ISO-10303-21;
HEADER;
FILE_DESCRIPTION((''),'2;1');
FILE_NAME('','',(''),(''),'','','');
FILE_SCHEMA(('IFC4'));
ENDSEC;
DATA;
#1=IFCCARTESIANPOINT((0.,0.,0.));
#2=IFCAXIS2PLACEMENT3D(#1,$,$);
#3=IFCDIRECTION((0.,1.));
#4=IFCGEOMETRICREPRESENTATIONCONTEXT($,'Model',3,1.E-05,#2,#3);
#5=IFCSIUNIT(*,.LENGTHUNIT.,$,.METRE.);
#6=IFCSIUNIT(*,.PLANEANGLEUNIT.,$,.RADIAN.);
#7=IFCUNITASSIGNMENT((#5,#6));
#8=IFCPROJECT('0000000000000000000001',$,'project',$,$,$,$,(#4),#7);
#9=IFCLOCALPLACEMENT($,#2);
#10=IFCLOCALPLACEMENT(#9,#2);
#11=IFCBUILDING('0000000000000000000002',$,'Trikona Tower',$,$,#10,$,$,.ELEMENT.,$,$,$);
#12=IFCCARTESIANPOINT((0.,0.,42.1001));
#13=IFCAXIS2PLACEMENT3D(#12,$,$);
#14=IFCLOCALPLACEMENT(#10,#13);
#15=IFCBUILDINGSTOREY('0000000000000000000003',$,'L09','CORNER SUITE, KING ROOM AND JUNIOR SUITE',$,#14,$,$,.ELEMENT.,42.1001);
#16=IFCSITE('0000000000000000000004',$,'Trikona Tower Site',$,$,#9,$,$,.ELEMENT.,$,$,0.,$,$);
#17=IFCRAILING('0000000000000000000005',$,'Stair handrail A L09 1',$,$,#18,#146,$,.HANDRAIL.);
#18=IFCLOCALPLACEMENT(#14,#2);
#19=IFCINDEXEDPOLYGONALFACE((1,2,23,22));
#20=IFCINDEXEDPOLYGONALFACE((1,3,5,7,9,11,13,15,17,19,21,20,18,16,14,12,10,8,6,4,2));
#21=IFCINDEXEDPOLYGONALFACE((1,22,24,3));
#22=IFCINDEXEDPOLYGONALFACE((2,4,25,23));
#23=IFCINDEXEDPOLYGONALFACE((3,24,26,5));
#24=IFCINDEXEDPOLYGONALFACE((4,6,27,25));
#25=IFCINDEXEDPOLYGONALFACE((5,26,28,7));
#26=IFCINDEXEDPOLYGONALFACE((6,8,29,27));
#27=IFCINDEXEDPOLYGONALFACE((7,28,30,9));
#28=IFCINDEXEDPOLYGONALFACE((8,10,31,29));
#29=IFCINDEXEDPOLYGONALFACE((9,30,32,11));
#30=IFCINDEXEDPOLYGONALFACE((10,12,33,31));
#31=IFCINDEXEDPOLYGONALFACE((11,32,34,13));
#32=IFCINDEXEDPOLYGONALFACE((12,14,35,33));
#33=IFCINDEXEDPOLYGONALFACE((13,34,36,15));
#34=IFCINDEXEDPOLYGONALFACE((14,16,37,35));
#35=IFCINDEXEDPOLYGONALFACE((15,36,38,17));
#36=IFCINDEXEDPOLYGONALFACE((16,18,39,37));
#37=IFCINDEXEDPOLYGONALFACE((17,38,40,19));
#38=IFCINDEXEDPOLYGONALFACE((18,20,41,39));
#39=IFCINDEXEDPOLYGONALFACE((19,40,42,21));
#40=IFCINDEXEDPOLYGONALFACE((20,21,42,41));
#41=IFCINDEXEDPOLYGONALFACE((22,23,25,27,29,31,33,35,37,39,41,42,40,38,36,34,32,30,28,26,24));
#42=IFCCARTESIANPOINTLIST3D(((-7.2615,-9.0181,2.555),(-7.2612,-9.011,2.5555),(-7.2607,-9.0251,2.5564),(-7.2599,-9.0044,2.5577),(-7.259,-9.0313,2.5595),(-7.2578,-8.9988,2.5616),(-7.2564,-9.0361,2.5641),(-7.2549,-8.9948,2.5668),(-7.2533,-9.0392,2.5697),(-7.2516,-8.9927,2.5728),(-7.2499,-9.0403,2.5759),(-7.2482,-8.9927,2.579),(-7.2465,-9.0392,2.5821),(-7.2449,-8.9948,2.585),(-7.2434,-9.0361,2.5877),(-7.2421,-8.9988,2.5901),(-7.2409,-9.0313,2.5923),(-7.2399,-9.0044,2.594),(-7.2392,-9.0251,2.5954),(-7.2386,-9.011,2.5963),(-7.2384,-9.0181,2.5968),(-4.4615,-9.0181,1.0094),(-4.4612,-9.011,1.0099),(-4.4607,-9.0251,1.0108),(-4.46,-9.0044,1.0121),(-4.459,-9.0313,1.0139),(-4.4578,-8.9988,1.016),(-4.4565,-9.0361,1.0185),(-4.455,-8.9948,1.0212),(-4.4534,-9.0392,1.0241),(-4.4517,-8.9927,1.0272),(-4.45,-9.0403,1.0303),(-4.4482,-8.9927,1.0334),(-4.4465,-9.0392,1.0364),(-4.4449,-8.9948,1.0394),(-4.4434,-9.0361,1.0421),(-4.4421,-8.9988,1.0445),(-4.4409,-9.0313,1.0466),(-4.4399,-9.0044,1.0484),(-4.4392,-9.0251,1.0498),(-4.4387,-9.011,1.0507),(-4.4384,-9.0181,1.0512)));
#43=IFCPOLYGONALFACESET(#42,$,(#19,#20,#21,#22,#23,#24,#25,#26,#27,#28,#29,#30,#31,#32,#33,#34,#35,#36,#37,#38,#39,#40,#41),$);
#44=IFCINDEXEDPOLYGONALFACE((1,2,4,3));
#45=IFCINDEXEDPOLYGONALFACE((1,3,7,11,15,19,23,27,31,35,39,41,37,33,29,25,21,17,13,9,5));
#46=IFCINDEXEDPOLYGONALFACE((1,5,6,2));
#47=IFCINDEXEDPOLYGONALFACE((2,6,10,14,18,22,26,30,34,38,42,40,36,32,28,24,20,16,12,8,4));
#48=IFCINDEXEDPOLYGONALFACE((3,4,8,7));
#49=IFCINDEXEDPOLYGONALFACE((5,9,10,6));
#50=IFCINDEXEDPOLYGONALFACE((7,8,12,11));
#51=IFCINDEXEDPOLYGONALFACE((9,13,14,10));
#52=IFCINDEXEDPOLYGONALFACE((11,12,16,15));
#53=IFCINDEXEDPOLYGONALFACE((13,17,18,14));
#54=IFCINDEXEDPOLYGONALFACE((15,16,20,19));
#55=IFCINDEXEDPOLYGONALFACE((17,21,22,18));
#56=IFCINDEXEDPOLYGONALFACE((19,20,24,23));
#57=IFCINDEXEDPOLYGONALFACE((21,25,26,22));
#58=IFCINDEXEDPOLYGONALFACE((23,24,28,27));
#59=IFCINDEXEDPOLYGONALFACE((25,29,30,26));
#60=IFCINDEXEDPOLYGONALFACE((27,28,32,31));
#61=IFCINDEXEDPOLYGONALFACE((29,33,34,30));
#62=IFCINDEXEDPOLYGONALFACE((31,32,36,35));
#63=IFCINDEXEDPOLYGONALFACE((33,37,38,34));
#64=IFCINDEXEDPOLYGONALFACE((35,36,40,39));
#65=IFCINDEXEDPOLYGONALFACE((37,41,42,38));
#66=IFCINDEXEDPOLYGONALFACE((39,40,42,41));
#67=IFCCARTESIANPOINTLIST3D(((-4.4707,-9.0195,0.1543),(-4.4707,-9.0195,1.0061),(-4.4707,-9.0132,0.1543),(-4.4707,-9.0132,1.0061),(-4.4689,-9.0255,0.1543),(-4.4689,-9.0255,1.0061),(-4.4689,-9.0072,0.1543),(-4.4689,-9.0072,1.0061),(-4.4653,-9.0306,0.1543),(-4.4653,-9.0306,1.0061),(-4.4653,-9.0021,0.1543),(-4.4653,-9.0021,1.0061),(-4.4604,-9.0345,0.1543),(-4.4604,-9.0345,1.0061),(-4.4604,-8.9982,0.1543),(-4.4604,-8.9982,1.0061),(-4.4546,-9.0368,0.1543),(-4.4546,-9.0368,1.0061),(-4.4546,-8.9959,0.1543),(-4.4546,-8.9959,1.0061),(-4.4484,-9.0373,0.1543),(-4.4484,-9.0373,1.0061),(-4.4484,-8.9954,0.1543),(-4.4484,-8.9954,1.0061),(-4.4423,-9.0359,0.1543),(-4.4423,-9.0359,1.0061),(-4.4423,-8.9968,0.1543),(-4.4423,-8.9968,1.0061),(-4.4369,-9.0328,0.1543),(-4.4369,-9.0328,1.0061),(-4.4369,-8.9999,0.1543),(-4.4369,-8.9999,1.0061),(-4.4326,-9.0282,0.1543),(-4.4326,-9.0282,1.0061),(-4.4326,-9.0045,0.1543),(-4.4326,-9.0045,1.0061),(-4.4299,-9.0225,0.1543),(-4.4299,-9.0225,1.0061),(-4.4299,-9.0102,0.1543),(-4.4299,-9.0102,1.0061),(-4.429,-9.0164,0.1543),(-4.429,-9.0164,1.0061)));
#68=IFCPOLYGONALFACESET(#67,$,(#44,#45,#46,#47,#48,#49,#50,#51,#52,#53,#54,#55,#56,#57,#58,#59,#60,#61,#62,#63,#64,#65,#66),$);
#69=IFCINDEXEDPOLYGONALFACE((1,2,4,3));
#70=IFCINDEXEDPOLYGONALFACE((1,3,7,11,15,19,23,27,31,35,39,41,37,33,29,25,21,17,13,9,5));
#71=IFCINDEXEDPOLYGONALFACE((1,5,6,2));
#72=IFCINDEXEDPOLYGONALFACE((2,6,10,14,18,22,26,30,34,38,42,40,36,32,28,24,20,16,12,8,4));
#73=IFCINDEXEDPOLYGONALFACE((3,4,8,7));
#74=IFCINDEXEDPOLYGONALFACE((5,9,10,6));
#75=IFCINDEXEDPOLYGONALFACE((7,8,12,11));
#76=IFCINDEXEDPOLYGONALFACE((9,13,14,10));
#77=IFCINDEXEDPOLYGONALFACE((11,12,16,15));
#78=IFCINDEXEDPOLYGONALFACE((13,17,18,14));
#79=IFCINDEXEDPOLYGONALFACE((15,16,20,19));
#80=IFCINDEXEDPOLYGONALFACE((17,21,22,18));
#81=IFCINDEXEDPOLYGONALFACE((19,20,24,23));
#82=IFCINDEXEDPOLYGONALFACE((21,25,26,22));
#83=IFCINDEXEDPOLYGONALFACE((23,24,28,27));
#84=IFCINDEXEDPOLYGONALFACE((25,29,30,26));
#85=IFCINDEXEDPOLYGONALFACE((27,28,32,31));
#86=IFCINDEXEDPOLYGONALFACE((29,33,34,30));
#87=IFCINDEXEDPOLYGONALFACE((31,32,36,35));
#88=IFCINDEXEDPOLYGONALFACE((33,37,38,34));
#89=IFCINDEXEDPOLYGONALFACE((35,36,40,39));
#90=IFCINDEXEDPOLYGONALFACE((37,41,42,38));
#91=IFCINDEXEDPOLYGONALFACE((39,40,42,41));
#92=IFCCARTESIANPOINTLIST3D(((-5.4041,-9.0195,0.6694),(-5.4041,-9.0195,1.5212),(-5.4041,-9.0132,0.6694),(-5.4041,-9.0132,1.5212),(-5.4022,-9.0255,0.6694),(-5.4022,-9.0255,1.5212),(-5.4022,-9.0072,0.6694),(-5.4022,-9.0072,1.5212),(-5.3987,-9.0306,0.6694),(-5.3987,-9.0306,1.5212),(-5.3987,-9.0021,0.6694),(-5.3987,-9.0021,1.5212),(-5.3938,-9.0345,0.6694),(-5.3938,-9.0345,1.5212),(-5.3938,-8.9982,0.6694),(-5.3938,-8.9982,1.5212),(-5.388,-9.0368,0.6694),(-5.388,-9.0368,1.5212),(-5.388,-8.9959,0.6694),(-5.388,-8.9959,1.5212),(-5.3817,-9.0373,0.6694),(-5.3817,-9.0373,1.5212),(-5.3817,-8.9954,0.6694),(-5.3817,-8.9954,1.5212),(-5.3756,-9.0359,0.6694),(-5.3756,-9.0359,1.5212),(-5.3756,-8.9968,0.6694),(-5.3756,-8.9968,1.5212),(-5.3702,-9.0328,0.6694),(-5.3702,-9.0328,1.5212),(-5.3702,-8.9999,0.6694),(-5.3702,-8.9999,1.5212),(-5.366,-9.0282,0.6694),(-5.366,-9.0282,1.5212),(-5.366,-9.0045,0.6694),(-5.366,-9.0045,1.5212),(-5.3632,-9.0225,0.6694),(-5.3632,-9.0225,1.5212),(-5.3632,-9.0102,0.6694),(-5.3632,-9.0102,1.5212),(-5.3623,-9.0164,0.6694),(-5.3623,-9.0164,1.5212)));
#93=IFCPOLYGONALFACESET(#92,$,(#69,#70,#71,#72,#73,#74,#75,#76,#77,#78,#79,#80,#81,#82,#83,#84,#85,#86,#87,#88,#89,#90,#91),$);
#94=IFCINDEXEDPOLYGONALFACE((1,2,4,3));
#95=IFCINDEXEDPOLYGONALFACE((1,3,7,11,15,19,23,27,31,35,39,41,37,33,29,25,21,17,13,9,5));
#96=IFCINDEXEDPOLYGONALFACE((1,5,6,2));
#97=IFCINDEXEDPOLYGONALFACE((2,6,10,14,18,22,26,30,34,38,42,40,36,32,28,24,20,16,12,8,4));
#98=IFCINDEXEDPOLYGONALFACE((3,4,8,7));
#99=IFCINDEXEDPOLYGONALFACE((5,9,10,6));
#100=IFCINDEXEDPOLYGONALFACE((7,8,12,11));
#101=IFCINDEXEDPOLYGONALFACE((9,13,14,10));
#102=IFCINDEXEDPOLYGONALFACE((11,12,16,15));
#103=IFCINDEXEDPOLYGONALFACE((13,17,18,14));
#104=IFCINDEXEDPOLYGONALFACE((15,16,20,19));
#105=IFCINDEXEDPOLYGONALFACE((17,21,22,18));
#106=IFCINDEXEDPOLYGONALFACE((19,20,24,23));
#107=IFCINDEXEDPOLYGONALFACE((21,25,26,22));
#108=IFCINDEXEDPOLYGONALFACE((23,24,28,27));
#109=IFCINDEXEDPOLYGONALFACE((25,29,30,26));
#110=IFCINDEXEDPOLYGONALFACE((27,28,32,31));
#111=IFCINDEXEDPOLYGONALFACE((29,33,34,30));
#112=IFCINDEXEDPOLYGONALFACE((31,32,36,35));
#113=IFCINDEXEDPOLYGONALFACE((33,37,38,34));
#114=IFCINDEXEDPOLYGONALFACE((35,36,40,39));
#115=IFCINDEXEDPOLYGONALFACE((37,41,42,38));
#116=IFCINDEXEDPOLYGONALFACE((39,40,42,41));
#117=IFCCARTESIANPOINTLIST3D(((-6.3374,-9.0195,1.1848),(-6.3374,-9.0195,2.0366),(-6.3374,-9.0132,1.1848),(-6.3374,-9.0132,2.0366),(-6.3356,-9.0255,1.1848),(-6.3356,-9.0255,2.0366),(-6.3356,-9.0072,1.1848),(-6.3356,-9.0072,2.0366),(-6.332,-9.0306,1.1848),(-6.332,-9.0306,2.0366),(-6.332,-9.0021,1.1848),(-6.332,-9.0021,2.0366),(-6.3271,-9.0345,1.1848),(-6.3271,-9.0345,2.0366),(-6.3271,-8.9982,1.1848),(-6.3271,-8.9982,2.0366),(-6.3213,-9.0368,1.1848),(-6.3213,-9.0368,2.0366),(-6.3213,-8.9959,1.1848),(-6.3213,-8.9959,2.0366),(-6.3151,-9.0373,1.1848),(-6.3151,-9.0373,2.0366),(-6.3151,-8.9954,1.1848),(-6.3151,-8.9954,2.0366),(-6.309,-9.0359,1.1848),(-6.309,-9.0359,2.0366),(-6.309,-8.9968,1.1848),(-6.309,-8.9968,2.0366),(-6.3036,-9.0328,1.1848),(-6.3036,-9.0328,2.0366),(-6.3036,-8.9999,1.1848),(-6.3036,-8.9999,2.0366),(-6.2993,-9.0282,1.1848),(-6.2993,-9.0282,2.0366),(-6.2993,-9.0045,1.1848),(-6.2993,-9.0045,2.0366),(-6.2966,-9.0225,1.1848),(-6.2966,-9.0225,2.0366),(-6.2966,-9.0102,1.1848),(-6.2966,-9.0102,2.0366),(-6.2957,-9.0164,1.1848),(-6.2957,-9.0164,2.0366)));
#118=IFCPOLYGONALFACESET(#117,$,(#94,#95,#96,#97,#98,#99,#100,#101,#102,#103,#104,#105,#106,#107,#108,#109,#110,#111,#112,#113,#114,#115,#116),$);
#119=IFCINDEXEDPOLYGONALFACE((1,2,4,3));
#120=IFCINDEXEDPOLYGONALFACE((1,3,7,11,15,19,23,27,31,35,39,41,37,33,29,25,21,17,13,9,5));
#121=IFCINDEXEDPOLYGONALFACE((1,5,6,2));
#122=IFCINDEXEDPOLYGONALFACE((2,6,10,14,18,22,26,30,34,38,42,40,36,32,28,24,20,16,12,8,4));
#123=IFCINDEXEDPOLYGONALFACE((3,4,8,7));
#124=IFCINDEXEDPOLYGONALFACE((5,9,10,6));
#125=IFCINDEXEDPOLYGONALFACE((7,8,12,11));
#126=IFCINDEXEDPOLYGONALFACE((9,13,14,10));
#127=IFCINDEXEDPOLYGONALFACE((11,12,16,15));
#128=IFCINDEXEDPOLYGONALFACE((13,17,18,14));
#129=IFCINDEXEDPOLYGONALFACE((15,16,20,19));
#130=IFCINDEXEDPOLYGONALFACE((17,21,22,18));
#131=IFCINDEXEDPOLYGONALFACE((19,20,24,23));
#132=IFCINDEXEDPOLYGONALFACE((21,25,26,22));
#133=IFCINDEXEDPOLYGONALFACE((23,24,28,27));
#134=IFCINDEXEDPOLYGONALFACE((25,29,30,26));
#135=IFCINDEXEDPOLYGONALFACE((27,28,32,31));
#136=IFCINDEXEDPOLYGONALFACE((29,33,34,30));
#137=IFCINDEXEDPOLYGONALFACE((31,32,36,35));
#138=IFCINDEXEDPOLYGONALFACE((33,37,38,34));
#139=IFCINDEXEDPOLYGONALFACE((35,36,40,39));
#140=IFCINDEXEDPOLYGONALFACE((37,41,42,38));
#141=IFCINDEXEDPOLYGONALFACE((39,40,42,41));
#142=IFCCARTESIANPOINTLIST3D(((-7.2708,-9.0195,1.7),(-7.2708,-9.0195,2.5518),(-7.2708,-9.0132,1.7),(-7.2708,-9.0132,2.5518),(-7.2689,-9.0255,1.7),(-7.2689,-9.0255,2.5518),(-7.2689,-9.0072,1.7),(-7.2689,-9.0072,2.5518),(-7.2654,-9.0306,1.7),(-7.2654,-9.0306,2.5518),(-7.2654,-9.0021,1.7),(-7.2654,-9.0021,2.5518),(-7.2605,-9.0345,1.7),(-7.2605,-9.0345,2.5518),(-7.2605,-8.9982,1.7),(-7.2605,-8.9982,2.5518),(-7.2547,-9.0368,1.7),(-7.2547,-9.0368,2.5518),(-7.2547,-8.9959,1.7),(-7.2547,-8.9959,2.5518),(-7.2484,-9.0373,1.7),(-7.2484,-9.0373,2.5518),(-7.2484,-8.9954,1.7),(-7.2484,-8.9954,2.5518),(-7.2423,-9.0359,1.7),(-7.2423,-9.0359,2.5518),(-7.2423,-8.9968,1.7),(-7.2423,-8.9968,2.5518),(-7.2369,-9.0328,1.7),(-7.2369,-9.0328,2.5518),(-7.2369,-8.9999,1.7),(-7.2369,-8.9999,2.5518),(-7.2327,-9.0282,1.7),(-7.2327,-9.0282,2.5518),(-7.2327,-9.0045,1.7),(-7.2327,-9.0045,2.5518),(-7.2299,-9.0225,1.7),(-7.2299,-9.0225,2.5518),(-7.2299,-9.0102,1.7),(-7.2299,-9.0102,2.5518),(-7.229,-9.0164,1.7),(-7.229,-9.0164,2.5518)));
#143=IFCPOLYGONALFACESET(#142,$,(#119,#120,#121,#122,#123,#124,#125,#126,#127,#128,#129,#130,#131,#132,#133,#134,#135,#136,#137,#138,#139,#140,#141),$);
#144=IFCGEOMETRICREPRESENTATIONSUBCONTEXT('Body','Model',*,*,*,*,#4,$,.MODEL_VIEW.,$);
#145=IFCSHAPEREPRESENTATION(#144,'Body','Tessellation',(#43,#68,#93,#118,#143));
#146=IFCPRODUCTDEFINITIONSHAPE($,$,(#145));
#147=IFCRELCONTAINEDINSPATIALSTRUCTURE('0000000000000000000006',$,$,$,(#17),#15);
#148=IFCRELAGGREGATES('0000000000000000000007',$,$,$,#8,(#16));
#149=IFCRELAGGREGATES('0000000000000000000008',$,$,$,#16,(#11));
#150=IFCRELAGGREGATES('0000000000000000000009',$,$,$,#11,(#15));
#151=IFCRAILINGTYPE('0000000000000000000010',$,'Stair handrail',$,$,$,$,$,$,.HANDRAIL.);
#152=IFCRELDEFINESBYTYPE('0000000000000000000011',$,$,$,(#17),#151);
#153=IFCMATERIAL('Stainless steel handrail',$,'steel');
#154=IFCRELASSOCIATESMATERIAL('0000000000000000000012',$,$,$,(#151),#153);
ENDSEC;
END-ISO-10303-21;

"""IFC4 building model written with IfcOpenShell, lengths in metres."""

from ifc_helpers import new_model, si_unit, direction, frame, origin, origin_2d, place, context, subcontext, project, spatial, circle, extrude, material, type_object, element, save


model = new_model("IFC4")

# Units and contexts
model_context = context("Model", 3, precision=1e-05, world=origin(), true_north=direction((0.0, 1.0)))
body_context = subcontext(model_context, "Body", "Model", "MODEL_VIEW")
ifc_project = project(units=[si_unit("LENGTHUNIT", "METRE"), si_unit("PLANEANGLEUNIT", "RADIAN")], contexts=[model_context])

# Site, building, storey
site_placement = place(None, origin())
site = spatial("IfcSite", under=ifc_project, at=site_placement, Name="Trikona Tower Site", CompositionType="ELEMENT", RefElevation=0.0)
building_placement = place(site_placement, origin())
building = spatial("IfcBuilding", under=site, at=building_placement, Name="Trikona Tower", CompositionType="ELEMENT")
storey_placement = place(building_placement, frame((0.0, 0.0, 42.1001)))
storey = spatial("IfcBuildingStorey", under=building, at=storey_placement, Name="L09", Description="CORNER SUITE, KING ROOM AND JUNIOR SUITE", CompositionType="ELEMENT", Elevation=42.1001)

# Railing
ifc_material_1 = material(Name="Stainless steel handrail", Category="steel")
railing_type = type_object("IfcRailingType", Name="Stair handrail", PredefinedType="HANDRAIL", material=ifc_material_1)
railing_placement = place(storey_placement, frame((-4.45, -9.0164, 0.1543)))
element("IfcRailing", 1, at=railing_placement, inside=storey, type_object=railing_type, Name="Stair handrail A L09 1", PredefinedType="HANDRAIL", context=body_context, shape_type="SweptSolid", body=[
    extrude(circle(Radius=0.0239, at=origin_2d()), frame((0.0, 0.0, 0.876), z_axis=(-0.875472, 0.0, 0.483269), x_axis=(0.0, -1.0, 0.0)), (0.0, 0.0, 1.0), 3.1982),
    extrude(circle(Radius=0.021, at=origin_2d()), origin(), (0.0, 0.0, 1.0), 0.8518),
    extrude(circle(Radius=0.021, at=origin_2d()), frame((-0.9333, 0.0, 0.5151)), (0.0, 0.0, 1.0), 0.8518),
    extrude(circle(Radius=0.021, at=origin_2d()), frame((-1.8667, 0.0, 1.0305)), (0.0, 0.0, 1.0), 0.8518),
    extrude(circle(Radius=0.021, at=origin_2d()), frame((-2.8, 0.0, 1.5457)), (0.0, 0.0, 1.0), 0.8518),
])

save(model, "model.ifc")
